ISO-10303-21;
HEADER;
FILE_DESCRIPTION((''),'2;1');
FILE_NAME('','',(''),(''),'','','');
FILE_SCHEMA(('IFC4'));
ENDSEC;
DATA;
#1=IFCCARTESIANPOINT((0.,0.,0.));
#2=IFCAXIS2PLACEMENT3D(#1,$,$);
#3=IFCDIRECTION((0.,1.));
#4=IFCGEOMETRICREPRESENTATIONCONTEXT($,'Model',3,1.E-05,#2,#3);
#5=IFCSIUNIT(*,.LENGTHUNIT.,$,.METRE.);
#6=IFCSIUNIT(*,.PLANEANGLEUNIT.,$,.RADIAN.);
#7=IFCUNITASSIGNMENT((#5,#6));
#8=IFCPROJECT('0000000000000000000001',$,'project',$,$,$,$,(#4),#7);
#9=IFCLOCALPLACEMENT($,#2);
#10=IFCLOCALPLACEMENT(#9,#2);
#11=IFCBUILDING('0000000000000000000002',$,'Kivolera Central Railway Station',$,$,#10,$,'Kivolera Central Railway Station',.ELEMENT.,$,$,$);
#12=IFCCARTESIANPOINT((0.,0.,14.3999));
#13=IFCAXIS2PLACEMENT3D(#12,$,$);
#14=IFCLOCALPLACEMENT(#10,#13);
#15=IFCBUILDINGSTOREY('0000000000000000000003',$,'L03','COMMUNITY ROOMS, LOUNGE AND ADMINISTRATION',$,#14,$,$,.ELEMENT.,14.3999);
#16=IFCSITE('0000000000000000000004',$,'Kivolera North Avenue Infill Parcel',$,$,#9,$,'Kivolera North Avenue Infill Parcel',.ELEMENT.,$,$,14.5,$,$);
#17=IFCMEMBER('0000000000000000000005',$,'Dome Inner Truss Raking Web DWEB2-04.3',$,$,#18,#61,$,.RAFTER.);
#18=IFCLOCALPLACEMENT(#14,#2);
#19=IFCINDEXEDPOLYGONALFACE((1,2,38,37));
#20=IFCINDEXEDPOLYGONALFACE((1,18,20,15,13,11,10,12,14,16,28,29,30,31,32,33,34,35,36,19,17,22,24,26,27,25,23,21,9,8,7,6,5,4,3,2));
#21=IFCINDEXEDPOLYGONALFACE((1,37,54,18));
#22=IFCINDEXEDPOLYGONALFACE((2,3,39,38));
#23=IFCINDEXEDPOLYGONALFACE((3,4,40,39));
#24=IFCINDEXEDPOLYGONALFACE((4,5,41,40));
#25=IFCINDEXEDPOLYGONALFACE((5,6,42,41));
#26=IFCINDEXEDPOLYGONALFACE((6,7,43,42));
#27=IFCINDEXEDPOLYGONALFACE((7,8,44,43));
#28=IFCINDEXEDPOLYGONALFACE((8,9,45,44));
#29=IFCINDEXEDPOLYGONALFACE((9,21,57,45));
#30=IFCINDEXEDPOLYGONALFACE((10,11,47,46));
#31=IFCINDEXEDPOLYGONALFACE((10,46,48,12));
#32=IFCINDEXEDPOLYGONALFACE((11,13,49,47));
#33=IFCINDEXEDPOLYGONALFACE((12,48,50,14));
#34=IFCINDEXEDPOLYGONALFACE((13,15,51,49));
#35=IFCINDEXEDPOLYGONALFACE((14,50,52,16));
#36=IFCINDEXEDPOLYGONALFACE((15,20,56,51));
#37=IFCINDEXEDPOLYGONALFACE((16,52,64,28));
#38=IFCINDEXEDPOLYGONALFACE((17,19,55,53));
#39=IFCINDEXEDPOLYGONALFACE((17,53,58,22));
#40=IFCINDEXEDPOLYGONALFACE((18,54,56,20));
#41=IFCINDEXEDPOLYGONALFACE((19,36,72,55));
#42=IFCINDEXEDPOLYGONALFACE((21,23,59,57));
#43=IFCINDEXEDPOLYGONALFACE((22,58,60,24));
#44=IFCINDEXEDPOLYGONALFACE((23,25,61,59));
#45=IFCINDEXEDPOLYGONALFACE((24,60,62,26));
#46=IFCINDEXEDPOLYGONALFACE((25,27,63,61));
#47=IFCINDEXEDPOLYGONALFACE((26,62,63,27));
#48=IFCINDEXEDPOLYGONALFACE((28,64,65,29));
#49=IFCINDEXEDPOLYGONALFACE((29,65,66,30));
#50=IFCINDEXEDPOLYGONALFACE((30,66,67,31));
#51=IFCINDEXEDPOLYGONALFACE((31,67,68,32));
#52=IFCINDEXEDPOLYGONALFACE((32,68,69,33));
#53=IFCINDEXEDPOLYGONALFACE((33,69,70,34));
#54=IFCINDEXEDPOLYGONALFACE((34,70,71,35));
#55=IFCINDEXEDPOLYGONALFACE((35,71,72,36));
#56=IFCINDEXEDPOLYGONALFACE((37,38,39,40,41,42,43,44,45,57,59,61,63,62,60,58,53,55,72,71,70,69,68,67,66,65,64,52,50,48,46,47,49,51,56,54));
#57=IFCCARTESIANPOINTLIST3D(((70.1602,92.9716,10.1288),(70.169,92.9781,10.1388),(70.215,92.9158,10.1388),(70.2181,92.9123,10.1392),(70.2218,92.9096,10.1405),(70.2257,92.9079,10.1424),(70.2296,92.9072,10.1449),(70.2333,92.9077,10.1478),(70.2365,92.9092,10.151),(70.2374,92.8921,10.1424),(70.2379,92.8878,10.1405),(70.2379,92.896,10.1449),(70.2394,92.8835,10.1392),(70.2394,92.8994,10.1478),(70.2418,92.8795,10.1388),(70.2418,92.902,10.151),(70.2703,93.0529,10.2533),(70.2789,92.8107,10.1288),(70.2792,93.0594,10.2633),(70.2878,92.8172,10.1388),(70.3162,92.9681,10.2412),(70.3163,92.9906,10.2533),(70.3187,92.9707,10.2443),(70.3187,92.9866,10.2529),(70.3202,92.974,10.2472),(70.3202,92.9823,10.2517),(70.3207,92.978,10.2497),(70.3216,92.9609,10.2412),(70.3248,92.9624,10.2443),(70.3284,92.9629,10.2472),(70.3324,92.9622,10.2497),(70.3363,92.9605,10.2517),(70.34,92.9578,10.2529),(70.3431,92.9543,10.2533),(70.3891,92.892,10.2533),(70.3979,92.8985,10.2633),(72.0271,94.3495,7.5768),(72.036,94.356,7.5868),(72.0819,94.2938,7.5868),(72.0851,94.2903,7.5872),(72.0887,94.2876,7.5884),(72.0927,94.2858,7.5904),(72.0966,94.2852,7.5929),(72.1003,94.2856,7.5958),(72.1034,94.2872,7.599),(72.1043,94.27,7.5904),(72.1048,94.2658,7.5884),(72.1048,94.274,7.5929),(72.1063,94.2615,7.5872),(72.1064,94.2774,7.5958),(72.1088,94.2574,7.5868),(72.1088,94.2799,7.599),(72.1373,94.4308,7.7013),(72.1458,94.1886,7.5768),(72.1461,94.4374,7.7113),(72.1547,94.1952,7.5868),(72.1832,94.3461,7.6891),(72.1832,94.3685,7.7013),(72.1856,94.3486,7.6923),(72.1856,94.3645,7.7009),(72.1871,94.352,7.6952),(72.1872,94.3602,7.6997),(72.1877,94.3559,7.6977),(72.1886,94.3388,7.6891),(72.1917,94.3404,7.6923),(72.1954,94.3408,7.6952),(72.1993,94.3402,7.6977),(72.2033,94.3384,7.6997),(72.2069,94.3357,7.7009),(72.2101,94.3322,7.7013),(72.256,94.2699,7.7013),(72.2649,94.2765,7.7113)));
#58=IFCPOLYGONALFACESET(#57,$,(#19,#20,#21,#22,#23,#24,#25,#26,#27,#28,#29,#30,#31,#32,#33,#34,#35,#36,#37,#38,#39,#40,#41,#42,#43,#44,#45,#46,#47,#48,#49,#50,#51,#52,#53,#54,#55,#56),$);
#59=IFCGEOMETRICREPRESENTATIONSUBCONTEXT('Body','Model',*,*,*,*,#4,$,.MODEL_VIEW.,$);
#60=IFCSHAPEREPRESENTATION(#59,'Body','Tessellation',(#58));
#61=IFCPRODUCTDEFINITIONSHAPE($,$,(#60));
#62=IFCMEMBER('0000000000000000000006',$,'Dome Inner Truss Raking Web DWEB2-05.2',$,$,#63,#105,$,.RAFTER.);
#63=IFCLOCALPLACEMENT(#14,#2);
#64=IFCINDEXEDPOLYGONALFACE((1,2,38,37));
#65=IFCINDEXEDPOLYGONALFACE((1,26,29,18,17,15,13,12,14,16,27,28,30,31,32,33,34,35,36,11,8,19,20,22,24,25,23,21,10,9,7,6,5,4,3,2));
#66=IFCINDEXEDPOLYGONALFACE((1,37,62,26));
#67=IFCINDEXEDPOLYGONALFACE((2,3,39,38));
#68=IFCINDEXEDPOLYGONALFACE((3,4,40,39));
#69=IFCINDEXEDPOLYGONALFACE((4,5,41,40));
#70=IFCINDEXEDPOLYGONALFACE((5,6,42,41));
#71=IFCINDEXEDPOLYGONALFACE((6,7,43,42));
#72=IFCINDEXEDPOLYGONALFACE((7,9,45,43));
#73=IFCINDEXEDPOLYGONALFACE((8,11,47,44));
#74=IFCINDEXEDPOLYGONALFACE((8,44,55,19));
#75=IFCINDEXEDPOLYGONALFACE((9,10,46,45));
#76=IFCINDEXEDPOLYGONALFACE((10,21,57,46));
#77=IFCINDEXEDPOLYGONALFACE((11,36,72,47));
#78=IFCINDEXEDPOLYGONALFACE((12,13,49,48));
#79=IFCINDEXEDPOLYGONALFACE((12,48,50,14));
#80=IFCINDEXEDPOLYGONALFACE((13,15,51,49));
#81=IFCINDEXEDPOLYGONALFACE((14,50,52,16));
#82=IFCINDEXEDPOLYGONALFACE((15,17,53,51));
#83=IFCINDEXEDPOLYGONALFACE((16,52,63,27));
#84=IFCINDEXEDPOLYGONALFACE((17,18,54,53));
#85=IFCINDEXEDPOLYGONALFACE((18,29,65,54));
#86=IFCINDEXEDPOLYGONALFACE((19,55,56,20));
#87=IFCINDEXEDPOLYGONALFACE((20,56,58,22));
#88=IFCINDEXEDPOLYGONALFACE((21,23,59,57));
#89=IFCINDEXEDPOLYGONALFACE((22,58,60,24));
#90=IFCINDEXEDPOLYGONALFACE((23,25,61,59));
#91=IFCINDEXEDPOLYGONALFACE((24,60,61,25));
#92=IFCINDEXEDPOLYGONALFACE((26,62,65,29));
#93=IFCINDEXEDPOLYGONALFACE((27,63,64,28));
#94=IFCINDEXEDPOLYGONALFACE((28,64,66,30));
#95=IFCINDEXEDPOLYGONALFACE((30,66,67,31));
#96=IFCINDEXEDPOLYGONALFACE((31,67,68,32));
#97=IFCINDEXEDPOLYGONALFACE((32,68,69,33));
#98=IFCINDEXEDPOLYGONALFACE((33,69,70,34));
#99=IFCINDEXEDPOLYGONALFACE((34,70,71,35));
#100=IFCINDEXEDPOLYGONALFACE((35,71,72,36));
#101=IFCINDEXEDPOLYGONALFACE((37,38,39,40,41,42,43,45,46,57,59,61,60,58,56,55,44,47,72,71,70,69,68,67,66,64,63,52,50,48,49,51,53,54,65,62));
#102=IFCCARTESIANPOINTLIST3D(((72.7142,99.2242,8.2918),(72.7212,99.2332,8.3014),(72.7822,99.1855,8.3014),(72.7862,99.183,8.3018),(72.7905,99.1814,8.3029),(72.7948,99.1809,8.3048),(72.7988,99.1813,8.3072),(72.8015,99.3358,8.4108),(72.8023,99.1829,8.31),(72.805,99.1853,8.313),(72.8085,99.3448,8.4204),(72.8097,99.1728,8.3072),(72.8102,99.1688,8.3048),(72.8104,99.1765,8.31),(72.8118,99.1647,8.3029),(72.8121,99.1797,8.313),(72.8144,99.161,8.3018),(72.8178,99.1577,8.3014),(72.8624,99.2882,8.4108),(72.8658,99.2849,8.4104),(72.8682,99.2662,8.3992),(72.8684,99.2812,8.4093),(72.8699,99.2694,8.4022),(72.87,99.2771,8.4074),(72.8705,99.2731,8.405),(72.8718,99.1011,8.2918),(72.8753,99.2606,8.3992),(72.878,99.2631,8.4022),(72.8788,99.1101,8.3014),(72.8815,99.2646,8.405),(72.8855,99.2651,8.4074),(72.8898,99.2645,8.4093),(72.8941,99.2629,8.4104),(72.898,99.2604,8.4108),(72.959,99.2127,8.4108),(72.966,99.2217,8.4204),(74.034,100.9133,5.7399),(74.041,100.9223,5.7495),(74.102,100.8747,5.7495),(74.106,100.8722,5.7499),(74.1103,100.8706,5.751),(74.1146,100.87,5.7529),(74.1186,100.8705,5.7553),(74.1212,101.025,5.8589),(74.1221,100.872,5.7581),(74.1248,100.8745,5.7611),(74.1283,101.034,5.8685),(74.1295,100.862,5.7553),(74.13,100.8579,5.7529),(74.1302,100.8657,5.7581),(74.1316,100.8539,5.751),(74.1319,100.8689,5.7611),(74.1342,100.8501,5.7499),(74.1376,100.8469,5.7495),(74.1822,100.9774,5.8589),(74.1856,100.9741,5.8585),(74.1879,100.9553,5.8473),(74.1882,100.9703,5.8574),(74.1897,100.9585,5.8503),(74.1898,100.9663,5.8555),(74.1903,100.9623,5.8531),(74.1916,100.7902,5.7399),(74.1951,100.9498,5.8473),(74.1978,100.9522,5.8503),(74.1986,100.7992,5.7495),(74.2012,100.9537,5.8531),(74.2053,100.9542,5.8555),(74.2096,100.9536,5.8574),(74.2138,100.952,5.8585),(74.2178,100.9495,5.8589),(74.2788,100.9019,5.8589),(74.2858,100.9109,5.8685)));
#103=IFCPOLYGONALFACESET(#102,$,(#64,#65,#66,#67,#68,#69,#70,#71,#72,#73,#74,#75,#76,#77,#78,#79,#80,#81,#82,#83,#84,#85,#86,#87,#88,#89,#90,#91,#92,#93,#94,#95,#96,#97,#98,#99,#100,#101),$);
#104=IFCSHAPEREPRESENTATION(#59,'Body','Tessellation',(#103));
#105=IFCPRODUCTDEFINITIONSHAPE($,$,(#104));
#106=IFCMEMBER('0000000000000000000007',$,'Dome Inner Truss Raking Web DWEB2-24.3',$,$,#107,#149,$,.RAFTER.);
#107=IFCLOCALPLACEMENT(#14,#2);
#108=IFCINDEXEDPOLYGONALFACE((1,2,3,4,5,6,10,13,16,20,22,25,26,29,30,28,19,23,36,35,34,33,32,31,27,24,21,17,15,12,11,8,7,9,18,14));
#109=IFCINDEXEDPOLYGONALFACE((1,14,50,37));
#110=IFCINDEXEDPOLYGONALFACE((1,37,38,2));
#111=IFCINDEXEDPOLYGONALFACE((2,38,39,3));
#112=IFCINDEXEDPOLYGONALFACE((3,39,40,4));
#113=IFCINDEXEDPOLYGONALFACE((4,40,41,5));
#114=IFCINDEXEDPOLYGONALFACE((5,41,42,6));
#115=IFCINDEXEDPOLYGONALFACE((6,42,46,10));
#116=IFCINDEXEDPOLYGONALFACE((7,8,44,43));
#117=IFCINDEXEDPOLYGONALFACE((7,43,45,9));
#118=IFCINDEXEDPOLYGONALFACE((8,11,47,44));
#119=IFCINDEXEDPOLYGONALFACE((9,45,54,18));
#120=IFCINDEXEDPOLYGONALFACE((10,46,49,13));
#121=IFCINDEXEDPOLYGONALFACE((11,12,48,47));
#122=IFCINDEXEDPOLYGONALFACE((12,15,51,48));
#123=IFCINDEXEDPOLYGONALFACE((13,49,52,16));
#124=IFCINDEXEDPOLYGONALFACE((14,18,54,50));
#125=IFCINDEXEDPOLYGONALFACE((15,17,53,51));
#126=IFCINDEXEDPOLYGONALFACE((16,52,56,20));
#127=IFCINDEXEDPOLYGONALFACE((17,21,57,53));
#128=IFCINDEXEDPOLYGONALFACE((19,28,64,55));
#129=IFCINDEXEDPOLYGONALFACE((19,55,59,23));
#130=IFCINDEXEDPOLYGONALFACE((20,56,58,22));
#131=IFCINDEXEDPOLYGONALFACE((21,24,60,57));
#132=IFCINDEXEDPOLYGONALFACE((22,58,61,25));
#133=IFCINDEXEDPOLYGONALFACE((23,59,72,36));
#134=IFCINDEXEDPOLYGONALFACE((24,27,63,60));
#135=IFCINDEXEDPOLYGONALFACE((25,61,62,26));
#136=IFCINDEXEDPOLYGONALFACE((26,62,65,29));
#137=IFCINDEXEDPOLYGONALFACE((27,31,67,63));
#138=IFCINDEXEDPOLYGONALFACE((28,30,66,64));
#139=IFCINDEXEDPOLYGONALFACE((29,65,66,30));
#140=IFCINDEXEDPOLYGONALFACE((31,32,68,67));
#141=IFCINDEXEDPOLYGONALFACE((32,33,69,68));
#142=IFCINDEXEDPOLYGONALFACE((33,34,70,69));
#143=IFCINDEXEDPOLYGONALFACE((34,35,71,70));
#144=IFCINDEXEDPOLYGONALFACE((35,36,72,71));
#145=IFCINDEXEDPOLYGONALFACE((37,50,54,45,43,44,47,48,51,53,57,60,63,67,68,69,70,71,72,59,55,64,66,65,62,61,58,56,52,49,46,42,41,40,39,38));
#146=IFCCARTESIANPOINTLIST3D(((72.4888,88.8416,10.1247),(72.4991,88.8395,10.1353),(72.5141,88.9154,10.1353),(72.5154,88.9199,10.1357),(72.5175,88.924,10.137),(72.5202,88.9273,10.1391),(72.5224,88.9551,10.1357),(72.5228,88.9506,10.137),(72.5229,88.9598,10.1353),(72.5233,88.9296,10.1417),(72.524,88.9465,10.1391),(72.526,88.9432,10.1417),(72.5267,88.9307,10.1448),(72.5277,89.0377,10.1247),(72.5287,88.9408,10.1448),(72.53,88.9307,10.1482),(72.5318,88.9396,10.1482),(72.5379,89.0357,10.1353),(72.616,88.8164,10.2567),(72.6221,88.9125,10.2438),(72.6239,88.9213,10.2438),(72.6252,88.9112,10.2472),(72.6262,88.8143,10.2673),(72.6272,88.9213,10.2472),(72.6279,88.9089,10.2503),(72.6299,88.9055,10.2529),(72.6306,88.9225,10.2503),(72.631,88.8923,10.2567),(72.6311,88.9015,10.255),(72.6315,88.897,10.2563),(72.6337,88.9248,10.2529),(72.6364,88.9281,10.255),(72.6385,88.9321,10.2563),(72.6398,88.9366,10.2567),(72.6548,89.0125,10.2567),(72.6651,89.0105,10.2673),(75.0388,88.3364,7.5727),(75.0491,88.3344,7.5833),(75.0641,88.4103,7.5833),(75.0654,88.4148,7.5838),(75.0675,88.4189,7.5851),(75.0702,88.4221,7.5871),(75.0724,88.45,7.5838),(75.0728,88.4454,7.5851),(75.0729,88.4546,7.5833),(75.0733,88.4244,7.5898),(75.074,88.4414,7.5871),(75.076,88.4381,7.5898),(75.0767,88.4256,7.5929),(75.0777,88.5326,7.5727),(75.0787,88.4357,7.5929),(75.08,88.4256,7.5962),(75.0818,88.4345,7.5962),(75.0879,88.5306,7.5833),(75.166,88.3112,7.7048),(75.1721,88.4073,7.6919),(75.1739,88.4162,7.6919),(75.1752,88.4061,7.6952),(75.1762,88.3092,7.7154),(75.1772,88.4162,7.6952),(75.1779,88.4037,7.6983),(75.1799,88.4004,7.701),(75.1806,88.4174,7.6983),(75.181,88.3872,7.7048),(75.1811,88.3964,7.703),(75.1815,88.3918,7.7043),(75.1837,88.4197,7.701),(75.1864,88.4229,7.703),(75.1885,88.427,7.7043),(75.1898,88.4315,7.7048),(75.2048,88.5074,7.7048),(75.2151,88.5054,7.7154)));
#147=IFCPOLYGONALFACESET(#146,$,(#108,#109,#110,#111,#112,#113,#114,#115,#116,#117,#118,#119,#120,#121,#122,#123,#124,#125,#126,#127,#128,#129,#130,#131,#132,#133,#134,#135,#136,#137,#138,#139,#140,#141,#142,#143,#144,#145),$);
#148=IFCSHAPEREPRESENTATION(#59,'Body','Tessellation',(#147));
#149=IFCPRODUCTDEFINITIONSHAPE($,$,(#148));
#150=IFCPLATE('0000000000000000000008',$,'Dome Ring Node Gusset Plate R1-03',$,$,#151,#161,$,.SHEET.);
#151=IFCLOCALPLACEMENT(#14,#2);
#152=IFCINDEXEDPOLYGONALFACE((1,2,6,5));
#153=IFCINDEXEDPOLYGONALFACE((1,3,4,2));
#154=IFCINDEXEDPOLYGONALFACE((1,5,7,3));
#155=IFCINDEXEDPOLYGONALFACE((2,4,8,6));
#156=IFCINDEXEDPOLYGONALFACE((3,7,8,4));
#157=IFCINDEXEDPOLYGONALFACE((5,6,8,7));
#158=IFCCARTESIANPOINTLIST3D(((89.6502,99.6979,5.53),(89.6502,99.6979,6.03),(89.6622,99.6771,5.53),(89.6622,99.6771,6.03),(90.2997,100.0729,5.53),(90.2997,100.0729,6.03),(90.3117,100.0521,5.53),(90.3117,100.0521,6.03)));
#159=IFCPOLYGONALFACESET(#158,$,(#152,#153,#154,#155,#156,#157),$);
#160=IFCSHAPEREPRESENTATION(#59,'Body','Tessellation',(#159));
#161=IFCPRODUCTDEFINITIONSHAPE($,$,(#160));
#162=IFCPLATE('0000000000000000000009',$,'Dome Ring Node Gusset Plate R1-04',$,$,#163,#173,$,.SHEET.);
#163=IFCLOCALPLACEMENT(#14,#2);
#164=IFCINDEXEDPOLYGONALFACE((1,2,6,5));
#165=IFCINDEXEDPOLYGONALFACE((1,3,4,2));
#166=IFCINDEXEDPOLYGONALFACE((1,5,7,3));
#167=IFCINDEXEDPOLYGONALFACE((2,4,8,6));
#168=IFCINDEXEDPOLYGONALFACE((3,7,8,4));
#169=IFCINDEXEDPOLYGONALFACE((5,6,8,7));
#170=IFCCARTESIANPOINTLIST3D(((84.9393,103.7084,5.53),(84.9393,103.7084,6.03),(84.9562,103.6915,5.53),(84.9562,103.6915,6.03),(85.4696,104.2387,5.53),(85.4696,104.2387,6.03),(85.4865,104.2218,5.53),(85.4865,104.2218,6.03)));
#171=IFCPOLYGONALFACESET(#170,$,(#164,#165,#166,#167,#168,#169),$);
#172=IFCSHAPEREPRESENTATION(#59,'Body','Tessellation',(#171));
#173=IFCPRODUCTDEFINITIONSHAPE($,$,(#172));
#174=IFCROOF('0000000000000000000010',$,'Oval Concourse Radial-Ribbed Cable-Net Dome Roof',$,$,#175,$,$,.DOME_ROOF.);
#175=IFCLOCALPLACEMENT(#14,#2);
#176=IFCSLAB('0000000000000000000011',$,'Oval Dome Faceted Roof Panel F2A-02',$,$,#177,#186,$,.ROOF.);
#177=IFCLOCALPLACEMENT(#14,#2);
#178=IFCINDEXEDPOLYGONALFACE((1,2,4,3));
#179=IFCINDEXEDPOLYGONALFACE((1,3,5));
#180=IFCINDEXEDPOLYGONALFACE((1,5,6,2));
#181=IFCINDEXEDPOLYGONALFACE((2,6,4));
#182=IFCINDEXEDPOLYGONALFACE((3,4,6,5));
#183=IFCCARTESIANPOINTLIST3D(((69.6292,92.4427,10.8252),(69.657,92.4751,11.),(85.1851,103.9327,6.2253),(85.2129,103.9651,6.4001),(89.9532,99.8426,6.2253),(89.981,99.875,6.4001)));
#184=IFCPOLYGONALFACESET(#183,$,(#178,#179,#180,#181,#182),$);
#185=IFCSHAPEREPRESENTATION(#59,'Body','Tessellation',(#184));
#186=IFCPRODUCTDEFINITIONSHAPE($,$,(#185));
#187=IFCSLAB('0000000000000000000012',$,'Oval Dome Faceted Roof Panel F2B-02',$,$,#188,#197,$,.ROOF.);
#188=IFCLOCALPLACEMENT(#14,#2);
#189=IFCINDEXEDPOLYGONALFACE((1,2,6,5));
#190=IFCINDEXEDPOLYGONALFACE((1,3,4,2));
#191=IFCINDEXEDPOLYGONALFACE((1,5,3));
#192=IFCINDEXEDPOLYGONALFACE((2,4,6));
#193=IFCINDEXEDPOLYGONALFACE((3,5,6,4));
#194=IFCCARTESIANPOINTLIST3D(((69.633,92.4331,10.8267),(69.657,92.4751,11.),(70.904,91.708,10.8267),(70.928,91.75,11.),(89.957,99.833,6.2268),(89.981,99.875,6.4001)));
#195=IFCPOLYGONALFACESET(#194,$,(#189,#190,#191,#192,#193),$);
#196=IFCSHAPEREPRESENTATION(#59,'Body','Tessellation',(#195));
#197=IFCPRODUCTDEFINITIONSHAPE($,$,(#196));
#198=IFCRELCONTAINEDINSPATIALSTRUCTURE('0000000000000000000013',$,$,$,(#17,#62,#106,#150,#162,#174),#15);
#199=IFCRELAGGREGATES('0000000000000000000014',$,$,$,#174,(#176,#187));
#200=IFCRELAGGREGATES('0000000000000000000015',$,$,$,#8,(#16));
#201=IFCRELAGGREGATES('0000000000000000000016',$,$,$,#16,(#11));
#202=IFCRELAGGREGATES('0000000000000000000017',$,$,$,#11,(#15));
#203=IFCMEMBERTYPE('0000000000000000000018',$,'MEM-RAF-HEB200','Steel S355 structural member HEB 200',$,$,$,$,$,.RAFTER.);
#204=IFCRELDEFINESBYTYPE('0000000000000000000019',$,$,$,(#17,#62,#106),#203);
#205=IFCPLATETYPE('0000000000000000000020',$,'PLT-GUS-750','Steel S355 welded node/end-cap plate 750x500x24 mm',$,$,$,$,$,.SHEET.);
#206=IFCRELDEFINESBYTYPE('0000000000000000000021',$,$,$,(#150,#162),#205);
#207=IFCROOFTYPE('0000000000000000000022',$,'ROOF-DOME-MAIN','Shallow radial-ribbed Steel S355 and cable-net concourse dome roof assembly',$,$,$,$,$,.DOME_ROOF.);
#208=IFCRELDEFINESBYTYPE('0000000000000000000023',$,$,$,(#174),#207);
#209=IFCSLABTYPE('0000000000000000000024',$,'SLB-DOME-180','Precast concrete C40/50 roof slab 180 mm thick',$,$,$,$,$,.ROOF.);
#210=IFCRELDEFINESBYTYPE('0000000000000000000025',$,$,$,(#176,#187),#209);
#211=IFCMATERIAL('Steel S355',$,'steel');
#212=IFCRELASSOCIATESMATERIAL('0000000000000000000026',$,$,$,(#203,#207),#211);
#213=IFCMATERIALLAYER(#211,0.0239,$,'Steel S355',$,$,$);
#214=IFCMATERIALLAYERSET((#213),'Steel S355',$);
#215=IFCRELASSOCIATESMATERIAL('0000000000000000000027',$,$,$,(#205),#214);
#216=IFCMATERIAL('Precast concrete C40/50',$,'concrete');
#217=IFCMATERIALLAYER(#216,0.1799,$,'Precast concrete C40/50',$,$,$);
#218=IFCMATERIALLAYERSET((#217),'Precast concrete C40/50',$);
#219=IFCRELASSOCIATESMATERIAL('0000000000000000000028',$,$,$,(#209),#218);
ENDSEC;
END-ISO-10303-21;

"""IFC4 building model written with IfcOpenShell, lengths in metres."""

from ifc_helpers import new_model, si_unit, direction, frame, origin, origin_2d, place, context, subcontext, project, spatial, polyline, rectangle, i_section, outline, extrude, material, layer, layer_set, material_profile, profile_set, type_object, element, aggregate, save


model = new_model("IFC4")

# Units and contexts
model_context = context("Model", 3, precision=1e-05, world=origin(), true_north=direction((0.0, 1.0)))
body_context = subcontext(model_context, "Body", "Model", "MODEL_VIEW")
ifc_project = project(units=[si_unit("LENGTHUNIT", "METRE"), si_unit("PLANEANGLEUNIT", "RADIAN")], contexts=[model_context])

# Site, building, storey
site_placement = place(None, origin())
site = spatial("IfcSite", under=ifc_project, at=site_placement, Name="Kivolera North Avenue Infill Parcel", LongName="Kivolera North Avenue Infill Parcel", CompositionType="ELEMENT", RefElevation=14.5)
building_placement = place(site_placement, origin())
building = spatial("IfcBuilding", under=site, at=building_placement, Name="Kivolera Central Railway Station", LongName="Kivolera Central Railway Station", CompositionType="ELEMENT")
storey_placement = place(building_placement, frame((0.0, 0.0, 14.3999)))
storey = spatial("IfcBuildingStorey", under=building, at=storey_placement, Name="L03", Description="COMMUNITY ROOMS, LOUNGE AND ADMINISTRATION", CompositionType="ELEMENT", Elevation=14.3999)

# Shared definitions
ifc_material_1 = material(Name="Steel S355", Category="steel")

# Members
ifc_material_profile_1 = material_profile(ifc_material_1, i_section(OverallWidth=0.2, OverallDepth=0.2, WebThickness=0.009, FlangeThickness=0.0149, FilletRadius=0.0181, at=origin_2d()), Name="HEB 200")
ifc_profile_set_1 = profile_set([ifc_material_profile_1], Name="Steel S355")
member_type_1 = type_object("IfcMemberType", Name="MEM-RAF-HEB200", Description="Steel S355 structural member HEB 200", PredefinedType="RAFTER", material=ifc_profile_set_1)
member_1_placement = place(storey_placement, frame((72.146, 94.313, 7.644), z_axis=(-0.541271, -0.399494, 0.739885), x_axis=(0.593838, -0.804585, 0.0)))
element("IfcMember", 1, at=member_1_placement, inside=storey, type_object=member_type_1, Name="Dome Inner Truss Raking Web DWEB2-04.3", PredefinedType="RAFTER", context=body_context, shape_type="SweptSolid", body=[
    extrude(i_section(OverallWidth=0.2, OverallDepth=0.2, WebThickness=0.009, FlangeThickness=0.0149, FilletRadius=0.0181, at=origin_2d()), origin(), (0.0, 0.0, 1.0), 3.4492),
])
member_2_placement = place(storey_placement, frame((74.1599, 100.9121, 5.8042), z_axis=(-0.396001, -0.506832, 0.765705), x_axis=(0.787995, -0.615682, 0.0)))
element("IfcMember", 2, at=member_2_placement, inside=storey, type_object=member_type_1, Name="Dome Inner Truss Raking Web DWEB2-05.2", PredefinedType="RAFTER", context=body_context, shape_type="SweptSolid", body=[
    extrude(i_section(OverallWidth=0.2, OverallDepth=0.2, WebThickness=0.009, FlangeThickness=0.0149, FilletRadius=0.0181, at=origin_2d()), origin(), (0.0, 0.0, 1.0), 3.3328),
])
member_3_placement = place(storey_placement, frame((75.127, 88.4209, 7.644), z_axis=(-0.700008, 0.138661, 0.700544), x_axis=(-0.19431, -0.98094, 0.0)))
element("IfcMember", 3, at=member_3_placement, inside=storey, type_object=member_type_1, Name="Dome Inner Truss Raking Web DWEB2-24.3", PredefinedType="RAFTER", context=body_context, shape_type="SweptSolid", body=[
    extrude(i_section(OverallWidth=0.2, OverallDepth=0.2, WebThickness=0.009, FlangeThickness=0.0149, FilletRadius=0.0181, at=origin_2d()), origin(), (0.0, 0.0, 1.0), 3.6428),
])

# Plates
ifc_layer_1 = layer(ifc_material_1, 0.0239, Name="Steel S355")
ifc_layer_set_1 = layer_set([ifc_layer_1], Name="Steel S355")
plate_type = type_object("IfcPlateType", Name="PLT-GUS-750", Description="Steel S355 welded node/end-cap plate 750x500x24 mm", PredefinedType="SHEET", material=ifc_layer_set_1)
for number, where, z_axis, x_axis, name in (
    (4, (89.981, 99.875, 5.53), (0.0, 0.0, 1.0), (0.866025, 0.5, 0.0), "Dome Ring Node Gusset Plate R1-03"),
    (5, (85.2129, 103.9651, 5.53), (0.0, 0.0, 1.0), (0.707107, 0.707107, 0.0), "Dome Ring Node Gusset Plate R1-04"),
):
    element("IfcPlate", number, at=place(storey_placement, frame(where, z_axis=z_axis, x_axis=x_axis)), inside=storey, type_object=plate_type, Name=name, PredefinedType="SHEET", context=body_context, shape_type="SweptSolid", body=[
        extrude(rectangle(XDim=0.75, YDim=0.0239, at=origin_2d()), origin(), (0.0, 0.0, 1.0), 0.5),
    ])

# Roof, slabs
roof_type = type_object("IfcRoofType", Name="ROOF-DOME-MAIN", Description="Shallow radial-ribbed Steel S355 and cable-net concourse dome roof assembly", PredefinedType="DOME_ROOF", material=ifc_material_1)
roof_placement = place(storey_placement, origin())
roof = element("IfcRoof", 6, at=roof_placement, inside=storey, type_object=roof_type, Name="Oval Concourse Radial-Ribbed Cable-Net Dome Roof", PredefinedType="DOME_ROOF")
ifc_material_2 = material(Name="Precast concrete C40/50", Category="concrete")
ifc_layer_2 = layer(ifc_material_2, 0.1799, Name="Precast concrete C40/50")
ifc_layer_set_2 = layer_set([ifc_layer_2], Name="Precast concrete C40/50")
slab_type = type_object("IfcSlabType", Name="SLB-DOME-180", Description="Precast concrete C40/50 roof slab 180 mm thick", PredefinedType="ROOF", material=ifc_layer_set_2)
slab_1_placement = place(storey_placement, frame((89.981, 99.875, 6.4001), z_axis=(0.154357, 0.179944, 0.971491), x_axis=(-0.759007, 0.651083, 0.0)))
slab_1 = element("IfcSlab", 7, at=slab_1_placement, type_object=slab_type, Name="Oval Dome Faceted Roof Panel F2A-02", PredefinedType="ROOF", context=body_context, shape_type="SweptSolid", body=[
    extrude(outline(polyline([(0.0, 0.0), (6.282, 0.0), (10.6081, 19.4023), (0.0, 0.0)])), origin(), (0.0, 0.0, -1.0), 0.1799),
])
slab_2_placement = place(storey_placement, frame((89.981, 99.875, 6.4001), z_axis=(0.133079, 0.233269, 0.963263), x_axis=(-0.9191, -0.334642, 0.208017)))
slab_2 = element("IfcSlab", 8, at=slab_2_placement, type_object=slab_type, Name="Oval Dome Faceted Roof Panel F2B-02", PredefinedType="ROOF", context=body_context, shape_type="SweptSolid", body=[
    extrude(outline(polyline([(0.0, 0.0), (22.1129, 0.0), (21.1874, 1.1334), (0.0, 0.0)])), origin(), (0.0, 0.0, -1.0), 0.1799),
])
aggregate(roof, [slab_1, slab_2])

save(model, "model.ifc")
